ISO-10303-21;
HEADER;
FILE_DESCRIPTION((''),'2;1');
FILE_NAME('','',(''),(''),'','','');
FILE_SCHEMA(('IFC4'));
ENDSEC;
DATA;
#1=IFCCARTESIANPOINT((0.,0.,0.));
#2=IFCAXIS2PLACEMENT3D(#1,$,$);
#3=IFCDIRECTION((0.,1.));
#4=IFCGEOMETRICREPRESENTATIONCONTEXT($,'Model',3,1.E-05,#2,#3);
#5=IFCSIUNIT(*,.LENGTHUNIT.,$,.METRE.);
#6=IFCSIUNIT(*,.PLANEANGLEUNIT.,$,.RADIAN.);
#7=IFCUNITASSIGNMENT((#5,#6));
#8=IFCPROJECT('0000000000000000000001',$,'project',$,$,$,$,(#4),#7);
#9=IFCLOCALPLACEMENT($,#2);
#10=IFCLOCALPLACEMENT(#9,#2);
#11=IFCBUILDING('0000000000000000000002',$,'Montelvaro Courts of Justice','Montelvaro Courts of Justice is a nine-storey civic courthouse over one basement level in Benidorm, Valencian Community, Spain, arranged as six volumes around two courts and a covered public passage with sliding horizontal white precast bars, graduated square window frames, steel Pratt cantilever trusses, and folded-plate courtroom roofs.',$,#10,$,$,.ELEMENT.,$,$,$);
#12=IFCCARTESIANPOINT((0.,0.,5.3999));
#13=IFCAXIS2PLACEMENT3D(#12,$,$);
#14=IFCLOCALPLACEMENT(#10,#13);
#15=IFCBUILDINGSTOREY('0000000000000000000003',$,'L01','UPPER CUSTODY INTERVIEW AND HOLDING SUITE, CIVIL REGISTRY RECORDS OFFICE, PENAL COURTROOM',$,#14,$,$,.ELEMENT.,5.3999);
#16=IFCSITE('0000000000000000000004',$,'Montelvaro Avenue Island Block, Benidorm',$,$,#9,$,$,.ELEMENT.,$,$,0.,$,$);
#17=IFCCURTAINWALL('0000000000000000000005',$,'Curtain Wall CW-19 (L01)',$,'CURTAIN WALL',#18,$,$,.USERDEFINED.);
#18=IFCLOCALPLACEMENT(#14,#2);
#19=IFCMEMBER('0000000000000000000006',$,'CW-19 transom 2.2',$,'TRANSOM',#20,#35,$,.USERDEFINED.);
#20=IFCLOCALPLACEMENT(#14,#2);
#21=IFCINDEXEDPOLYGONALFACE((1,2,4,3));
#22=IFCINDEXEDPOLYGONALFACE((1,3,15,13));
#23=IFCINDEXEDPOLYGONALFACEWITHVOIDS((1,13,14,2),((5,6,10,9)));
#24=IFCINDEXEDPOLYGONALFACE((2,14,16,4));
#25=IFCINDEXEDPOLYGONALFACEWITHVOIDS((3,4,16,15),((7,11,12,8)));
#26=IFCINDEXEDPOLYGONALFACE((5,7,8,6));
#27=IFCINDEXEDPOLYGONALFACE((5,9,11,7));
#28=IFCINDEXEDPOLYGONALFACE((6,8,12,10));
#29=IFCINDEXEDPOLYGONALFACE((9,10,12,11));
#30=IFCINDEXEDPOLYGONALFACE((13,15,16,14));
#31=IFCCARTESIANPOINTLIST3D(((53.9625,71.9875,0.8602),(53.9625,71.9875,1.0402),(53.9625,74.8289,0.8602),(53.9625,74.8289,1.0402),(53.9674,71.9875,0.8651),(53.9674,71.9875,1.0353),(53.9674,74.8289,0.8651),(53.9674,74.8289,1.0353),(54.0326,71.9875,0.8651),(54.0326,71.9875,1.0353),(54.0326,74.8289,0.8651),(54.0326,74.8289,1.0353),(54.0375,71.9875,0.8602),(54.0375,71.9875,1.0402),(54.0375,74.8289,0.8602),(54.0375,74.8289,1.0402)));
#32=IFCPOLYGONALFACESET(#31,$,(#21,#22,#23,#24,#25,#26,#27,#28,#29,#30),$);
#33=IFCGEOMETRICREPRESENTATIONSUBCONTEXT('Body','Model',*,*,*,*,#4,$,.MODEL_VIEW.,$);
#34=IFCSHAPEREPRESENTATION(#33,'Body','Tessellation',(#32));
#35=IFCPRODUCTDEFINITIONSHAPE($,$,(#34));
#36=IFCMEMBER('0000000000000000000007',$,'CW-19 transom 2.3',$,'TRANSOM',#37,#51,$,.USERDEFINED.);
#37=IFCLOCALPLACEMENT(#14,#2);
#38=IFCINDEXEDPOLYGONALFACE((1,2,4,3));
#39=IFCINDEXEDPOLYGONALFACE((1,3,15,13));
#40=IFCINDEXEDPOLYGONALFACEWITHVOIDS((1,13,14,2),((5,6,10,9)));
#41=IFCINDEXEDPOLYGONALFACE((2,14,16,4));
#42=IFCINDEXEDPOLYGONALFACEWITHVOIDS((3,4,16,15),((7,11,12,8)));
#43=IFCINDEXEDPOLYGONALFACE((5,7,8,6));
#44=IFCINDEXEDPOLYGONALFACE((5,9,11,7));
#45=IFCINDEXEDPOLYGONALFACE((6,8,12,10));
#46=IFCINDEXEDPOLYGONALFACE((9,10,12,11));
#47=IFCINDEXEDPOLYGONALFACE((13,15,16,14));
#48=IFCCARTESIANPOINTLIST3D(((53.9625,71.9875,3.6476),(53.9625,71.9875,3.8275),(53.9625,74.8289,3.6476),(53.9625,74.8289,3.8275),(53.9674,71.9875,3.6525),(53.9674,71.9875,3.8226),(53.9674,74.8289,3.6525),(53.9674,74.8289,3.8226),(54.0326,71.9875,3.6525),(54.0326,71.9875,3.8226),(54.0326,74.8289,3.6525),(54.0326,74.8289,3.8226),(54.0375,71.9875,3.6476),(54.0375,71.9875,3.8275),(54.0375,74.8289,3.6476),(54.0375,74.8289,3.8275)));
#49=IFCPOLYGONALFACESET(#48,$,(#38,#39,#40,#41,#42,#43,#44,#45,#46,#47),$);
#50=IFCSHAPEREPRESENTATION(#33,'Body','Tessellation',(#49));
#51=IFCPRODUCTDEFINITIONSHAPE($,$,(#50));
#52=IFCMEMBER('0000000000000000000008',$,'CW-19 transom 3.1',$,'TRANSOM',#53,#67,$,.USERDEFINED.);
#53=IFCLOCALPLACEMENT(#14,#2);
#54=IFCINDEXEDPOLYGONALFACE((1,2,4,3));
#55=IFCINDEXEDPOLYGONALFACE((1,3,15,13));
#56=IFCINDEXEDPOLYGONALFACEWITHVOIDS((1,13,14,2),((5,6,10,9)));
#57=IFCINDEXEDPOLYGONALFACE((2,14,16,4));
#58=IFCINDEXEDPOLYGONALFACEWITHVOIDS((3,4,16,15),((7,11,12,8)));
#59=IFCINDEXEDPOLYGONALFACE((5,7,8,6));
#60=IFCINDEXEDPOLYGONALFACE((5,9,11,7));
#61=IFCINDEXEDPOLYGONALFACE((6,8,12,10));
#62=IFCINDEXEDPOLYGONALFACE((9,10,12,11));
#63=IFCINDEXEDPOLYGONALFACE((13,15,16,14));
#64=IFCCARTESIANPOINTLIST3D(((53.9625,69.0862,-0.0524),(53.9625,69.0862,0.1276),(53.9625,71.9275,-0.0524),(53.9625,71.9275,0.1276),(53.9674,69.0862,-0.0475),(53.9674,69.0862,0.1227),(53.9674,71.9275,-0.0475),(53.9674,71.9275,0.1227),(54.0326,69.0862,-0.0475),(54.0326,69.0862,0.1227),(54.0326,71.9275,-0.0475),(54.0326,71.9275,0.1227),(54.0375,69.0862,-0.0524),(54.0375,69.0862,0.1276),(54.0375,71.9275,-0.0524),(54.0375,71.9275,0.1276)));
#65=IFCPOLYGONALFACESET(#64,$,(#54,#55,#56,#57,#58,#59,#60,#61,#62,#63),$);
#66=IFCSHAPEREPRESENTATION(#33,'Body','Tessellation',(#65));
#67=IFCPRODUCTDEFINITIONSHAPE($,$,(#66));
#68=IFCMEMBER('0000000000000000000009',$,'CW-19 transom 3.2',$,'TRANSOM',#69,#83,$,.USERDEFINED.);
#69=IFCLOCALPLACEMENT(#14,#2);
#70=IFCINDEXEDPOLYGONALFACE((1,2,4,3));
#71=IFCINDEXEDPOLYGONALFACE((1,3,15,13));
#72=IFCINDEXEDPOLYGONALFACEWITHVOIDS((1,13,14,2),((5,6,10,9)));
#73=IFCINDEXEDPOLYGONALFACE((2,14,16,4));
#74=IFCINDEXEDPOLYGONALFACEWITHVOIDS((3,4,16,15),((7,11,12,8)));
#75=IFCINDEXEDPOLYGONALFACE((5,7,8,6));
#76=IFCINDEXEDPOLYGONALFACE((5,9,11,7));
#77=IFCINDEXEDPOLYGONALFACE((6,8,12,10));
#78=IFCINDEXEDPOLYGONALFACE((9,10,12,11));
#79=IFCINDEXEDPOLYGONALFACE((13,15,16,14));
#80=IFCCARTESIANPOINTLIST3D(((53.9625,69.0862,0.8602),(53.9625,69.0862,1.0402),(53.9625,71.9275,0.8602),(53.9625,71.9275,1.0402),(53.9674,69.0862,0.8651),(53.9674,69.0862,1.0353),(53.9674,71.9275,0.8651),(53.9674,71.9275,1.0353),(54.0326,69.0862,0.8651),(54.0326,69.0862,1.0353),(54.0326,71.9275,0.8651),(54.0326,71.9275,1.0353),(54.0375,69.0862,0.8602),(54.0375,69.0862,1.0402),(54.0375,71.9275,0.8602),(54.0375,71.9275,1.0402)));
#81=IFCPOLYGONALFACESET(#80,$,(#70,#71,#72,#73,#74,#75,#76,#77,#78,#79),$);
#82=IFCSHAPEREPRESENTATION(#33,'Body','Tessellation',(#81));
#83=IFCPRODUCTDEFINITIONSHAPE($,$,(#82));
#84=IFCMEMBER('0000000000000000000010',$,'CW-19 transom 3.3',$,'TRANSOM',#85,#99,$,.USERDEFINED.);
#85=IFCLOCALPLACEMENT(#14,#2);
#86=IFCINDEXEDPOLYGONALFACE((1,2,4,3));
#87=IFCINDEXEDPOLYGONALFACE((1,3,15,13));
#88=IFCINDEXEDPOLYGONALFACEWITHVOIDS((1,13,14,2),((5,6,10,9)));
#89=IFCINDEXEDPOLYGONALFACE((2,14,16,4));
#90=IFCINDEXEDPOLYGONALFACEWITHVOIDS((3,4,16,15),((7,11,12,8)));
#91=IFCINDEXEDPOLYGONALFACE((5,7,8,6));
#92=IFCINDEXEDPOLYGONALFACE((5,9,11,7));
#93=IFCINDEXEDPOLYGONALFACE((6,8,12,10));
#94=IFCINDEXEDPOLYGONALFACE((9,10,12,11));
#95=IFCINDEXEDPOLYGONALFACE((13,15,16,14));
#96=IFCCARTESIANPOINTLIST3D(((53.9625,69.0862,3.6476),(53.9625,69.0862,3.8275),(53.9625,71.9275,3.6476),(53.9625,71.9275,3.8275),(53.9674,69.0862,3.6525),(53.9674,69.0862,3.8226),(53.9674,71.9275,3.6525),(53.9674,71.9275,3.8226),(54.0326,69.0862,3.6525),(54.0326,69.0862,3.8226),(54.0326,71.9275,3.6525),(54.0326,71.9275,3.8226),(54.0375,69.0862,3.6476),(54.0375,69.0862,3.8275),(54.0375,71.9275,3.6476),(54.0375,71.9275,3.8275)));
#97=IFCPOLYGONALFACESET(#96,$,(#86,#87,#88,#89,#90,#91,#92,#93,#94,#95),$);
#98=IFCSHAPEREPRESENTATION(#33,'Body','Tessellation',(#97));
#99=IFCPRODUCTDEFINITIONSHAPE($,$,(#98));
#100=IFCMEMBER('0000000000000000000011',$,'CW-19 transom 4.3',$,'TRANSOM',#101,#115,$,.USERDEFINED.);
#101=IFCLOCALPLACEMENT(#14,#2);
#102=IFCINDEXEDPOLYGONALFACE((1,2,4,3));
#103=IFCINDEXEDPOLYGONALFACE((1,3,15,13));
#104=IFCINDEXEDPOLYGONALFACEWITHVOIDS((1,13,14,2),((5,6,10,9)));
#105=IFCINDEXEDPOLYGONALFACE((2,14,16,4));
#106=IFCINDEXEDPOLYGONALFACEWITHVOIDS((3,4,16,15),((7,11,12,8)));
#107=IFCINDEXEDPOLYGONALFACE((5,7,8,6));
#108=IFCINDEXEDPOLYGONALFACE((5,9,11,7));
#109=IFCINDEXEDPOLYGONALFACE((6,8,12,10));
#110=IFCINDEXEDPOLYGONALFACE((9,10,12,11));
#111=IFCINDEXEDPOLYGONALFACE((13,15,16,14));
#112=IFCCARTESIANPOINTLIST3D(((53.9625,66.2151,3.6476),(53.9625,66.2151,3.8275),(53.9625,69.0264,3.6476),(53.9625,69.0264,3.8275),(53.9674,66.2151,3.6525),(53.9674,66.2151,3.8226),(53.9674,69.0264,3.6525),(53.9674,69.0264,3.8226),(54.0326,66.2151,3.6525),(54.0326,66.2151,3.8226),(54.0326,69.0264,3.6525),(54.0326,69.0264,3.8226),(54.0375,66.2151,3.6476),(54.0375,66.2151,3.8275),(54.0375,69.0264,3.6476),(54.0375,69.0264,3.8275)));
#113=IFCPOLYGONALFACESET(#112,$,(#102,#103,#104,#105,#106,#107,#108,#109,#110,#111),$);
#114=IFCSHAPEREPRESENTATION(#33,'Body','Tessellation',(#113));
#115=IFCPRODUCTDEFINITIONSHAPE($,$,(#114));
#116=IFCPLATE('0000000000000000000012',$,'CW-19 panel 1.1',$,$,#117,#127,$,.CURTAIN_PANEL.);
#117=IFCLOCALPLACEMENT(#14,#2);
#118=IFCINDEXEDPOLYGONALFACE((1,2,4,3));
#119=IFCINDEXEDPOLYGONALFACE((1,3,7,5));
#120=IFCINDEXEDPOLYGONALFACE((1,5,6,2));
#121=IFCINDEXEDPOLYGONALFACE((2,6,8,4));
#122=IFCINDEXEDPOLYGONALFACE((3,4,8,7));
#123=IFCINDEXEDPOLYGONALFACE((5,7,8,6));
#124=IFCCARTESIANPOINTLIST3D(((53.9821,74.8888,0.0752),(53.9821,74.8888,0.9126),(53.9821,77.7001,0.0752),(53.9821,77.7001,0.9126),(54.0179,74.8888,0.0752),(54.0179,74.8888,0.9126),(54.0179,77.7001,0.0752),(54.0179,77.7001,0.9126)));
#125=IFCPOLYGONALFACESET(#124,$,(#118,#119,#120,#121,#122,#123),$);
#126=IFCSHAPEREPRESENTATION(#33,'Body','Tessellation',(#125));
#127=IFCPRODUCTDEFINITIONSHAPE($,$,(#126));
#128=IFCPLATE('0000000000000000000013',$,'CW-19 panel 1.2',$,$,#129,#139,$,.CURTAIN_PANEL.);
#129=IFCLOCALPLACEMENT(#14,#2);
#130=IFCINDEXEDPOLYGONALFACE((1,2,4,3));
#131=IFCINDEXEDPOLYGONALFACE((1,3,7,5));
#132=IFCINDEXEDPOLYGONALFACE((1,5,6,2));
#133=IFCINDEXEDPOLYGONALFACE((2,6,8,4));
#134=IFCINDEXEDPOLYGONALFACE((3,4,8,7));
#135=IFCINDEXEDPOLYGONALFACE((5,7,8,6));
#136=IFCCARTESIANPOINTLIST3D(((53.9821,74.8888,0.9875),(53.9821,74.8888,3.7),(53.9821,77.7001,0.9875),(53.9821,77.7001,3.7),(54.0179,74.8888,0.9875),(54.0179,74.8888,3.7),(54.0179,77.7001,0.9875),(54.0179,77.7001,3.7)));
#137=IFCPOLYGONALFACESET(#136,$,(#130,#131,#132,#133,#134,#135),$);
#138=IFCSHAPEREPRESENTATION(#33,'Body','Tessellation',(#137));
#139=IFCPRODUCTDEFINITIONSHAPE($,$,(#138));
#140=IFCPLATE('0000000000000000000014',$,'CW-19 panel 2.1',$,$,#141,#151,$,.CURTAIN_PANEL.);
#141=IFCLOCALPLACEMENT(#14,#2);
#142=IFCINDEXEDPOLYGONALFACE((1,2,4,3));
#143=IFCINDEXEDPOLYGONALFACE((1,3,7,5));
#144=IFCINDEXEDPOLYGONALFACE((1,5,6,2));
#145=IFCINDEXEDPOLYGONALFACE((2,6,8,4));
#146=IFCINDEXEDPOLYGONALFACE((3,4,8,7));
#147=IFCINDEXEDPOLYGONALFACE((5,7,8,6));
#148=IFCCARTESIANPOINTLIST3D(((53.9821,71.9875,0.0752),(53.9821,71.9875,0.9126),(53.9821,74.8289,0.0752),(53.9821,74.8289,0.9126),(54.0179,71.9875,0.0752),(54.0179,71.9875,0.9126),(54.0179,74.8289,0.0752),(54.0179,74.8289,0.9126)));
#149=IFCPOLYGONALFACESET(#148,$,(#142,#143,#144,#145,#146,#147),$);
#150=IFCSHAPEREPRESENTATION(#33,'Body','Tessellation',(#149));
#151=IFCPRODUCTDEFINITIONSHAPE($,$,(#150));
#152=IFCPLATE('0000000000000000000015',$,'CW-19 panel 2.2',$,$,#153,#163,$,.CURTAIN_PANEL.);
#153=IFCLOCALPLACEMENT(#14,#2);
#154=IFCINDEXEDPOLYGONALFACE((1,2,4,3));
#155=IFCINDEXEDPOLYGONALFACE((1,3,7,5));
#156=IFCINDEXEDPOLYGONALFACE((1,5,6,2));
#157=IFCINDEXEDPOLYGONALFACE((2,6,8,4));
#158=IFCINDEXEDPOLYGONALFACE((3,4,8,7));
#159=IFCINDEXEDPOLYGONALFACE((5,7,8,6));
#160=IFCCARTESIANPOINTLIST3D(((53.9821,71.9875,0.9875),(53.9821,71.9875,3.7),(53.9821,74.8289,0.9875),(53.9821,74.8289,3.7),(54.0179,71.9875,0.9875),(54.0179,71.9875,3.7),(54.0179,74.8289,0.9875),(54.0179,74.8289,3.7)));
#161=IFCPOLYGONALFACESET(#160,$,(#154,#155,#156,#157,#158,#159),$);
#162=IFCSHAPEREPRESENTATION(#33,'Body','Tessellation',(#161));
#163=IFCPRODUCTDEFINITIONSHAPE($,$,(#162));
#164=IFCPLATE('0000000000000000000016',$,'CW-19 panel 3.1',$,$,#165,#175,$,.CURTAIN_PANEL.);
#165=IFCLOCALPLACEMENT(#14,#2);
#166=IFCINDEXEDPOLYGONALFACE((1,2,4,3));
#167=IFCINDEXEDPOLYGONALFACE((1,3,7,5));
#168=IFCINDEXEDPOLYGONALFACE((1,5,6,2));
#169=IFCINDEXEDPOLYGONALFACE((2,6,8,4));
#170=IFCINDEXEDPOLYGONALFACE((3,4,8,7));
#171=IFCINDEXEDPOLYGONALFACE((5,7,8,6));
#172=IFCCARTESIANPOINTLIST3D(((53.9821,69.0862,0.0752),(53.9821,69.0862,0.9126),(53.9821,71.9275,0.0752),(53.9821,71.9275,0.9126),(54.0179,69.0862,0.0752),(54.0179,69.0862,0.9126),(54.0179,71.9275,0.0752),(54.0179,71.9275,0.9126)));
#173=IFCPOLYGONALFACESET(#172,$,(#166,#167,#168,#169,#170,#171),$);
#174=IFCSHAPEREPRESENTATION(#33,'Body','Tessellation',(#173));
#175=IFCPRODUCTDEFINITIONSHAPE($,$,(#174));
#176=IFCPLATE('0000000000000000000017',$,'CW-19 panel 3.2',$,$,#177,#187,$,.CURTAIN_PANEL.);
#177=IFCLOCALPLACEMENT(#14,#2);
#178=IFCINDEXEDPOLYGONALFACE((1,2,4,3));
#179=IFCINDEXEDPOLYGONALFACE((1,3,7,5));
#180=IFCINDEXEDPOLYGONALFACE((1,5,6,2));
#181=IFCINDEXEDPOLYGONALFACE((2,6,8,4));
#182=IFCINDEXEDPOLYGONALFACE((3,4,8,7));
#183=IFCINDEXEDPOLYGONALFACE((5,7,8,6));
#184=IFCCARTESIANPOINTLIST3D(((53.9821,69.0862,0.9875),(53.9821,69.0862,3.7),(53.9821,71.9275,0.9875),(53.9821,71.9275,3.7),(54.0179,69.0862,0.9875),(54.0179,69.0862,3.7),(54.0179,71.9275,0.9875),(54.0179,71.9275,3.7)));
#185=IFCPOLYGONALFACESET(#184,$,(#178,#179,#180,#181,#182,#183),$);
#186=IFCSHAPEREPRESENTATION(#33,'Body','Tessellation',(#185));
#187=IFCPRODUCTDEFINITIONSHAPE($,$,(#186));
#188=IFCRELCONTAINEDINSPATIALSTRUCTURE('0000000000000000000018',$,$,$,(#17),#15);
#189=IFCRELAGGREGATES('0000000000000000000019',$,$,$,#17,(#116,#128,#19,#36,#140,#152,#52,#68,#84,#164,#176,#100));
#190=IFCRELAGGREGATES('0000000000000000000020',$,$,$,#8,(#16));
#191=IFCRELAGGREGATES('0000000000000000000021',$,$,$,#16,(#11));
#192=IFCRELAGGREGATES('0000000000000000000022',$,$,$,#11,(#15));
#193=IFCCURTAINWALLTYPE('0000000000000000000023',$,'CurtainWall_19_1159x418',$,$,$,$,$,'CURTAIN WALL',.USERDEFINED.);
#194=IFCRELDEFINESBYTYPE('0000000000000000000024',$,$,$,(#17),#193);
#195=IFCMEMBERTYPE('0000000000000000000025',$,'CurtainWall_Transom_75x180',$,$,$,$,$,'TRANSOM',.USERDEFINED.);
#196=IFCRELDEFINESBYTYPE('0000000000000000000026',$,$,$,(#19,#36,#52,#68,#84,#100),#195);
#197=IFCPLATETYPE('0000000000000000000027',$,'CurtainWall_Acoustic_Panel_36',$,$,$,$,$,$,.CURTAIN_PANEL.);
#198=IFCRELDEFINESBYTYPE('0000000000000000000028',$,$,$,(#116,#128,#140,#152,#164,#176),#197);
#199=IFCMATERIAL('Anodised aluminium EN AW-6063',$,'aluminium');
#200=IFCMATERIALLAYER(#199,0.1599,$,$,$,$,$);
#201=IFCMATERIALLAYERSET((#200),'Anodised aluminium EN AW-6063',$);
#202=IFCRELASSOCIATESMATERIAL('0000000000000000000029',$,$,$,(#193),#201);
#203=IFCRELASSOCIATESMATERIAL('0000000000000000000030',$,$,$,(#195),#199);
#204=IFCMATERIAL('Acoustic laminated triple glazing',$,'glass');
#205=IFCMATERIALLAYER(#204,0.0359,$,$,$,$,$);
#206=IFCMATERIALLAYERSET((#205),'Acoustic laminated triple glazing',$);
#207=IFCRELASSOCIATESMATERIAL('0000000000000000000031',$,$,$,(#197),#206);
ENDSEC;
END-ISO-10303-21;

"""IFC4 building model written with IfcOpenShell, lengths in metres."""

from ifc_helpers import new_model, si_unit, direction, frame, origin, origin_2d, place, context, subcontext, project, spatial, rectangle, hollow_rectangle, extrude, material, layer, layer_set, material_profile, profile_set, type_object, element, aggregate, save


model = new_model("IFC4")

# Units and contexts
model_context = context("Model", 3, precision=1e-05, world=origin(), true_north=direction((0.0, 1.0)))
body_context = subcontext(model_context, "Body", "Model", "MODEL_VIEW")
ifc_project = project(units=[si_unit("LENGTHUNIT", "METRE"), si_unit("PLANEANGLEUNIT", "RADIAN")], contexts=[model_context])

# Site, building, storey
site_placement = place(None, origin())
site = spatial("IfcSite", under=ifc_project, at=site_placement, Name="Montelvaro Avenue Island Block, Benidorm", CompositionType="ELEMENT", RefElevation=0.0)
building_placement = place(site_placement, origin())
building = spatial("IfcBuilding", under=site, at=building_placement, Name="Montelvaro Courts of Justice", Description="Montelvaro Courts of Justice is a nine-storey civic courthouse over one basement level in Benidorm, Valencian Community, Spain, arranged as six volumes around two courts and a covered public passage with sliding horizontal white precast bars, graduated square window frames, steel Pratt cantilever trusses, and folded-plate courtroom roofs.", CompositionType="ELEMENT")
storey_placement = place(building_placement, frame((0.0, 0.0, 5.3999)))
storey = spatial("IfcBuildingStorey", under=building, at=storey_placement, Name="L01", Description="UPPER CUSTODY INTERVIEW AND HOLDING SUITE, CIVIL REGISTRY RECORDS OFFICE, PENAL COURTROOM", CompositionType="ELEMENT", Elevation=5.3999)

# Curtain wall, members, plates
ifc_material_1 = material(Name="Anodised aluminium EN AW-6063", Category="aluminium")
ifc_layer_1 = layer(ifc_material_1, 0.1599)
ifc_layer_set_1 = layer_set([ifc_layer_1], Name="Anodised aluminium EN AW-6063")
curtain_wall_type = type_object("IfcCurtainWallType", Name="CurtainWall_19_1159x418", ElementType="CURTAIN WALL", PredefinedType="USERDEFINED", material=ifc_layer_set_1)
curtain_wall_placement = place(storey_placement, origin())
curtain_wall = element("IfcCurtainWall", 1, at=curtain_wall_placement, inside=storey, type_object=curtain_wall_type, Name="Curtain Wall CW-19 (L01)", ObjectType="CURTAIN WALL", PredefinedType="USERDEFINED")
ifc_material_profile_1 = material_profile(ifc_material_1, hollow_rectangle(XDim=0.075, YDim=0.1799, WallThickness=0.0049, at=origin_2d()), Name="ALU-T 75x180")
ifc_profile_set_1 = profile_set([ifc_material_profile_1], Name="Anodised aluminium EN AW-6063")
member_type_1 = type_object("IfcMemberType", Name="CurtainWall_Transom_75x180", ElementType="TRANSOM", PredefinedType="USERDEFINED", material=ifc_profile_set_1)
member_1_placement = place(storey_placement, frame((54.0, 74.8289, 0.9502), z_axis=(0.0, -1.0, 0.0), x_axis=(1.0, 0.0, 0.0)))
member_1 = element("IfcMember", 2, at=member_1_placement, type_object=member_type_1, Name="CW-19 transom 2.2", ObjectType="TRANSOM", PredefinedType="USERDEFINED", context=body_context, shape_type="SweptSolid", body=[
    extrude(hollow_rectangle(XDim=0.075, YDim=0.1799, WallThickness=0.0049, at=origin_2d()), origin(), (0.0, 0.0, 1.0), 2.8413),
])
member_2_placement = place(storey_placement, frame((54.0, 74.8289, 3.7375), z_axis=(0.0, -1.0, 0.0), x_axis=(1.0, 0.0, 0.0)))
member_2 = element("IfcMember", 3, at=member_2_placement, type_object=member_type_1, Name="CW-19 transom 2.3", ObjectType="TRANSOM", PredefinedType="USERDEFINED", context=body_context, shape_type="SweptSolid", body=[
    extrude(hollow_rectangle(XDim=0.075, YDim=0.1799, WallThickness=0.0049, at=origin_2d()), origin(), (0.0, 0.0, 1.0), 2.8413),
])
member_3_placement = place(storey_placement, frame((54.0, 71.9275, 0.0376), z_axis=(0.0, -1.0, 0.0), x_axis=(1.0, 0.0, 0.0)))
member_3 = element("IfcMember", 4, at=member_3_placement, type_object=member_type_1, Name="CW-19 transom 3.1", ObjectType="TRANSOM", PredefinedType="USERDEFINED", context=body_context, shape_type="SweptSolid", body=[
    extrude(hollow_rectangle(XDim=0.075, YDim=0.1799, WallThickness=0.0049, at=origin_2d()), origin(), (0.0, 0.0, 1.0), 2.8413),
])
member_4_placement = place(storey_placement, frame((54.0, 71.9275, 0.9502), z_axis=(0.0, -1.0, 0.0), x_axis=(1.0, 0.0, 0.0)))
member_4 = element("IfcMember", 5, at=member_4_placement, type_object=member_type_1, Name="CW-19 transom 3.2", ObjectType="TRANSOM", PredefinedType="USERDEFINED", context=body_context, shape_type="SweptSolid", body=[
    extrude(hollow_rectangle(XDim=0.075, YDim=0.1799, WallThickness=0.0049, at=origin_2d()), origin(), (0.0, 0.0, 1.0), 2.8413),
])
member_5_placement = place(storey_placement, frame((54.0, 71.9275, 3.7375), z_axis=(0.0, -1.0, 0.0), x_axis=(1.0, 0.0, 0.0)))
member_5 = element("IfcMember", 6, at=member_5_placement, type_object=member_type_1, Name="CW-19 transom 3.3", ObjectType="TRANSOM", PredefinedType="USERDEFINED", context=body_context, shape_type="SweptSolid", body=[
    extrude(hollow_rectangle(XDim=0.075, YDim=0.1799, WallThickness=0.0049, at=origin_2d()), origin(), (0.0, 0.0, 1.0), 2.8413),
])
member_6_placement = place(storey_placement, frame((54.0, 69.0264, 3.7375), z_axis=(0.0, -1.0, 0.0), x_axis=(1.0, 0.0, 0.0)))
member_6 = element("IfcMember", 7, at=member_6_placement, type_object=member_type_1, Name="CW-19 transom 4.3", ObjectType="TRANSOM", PredefinedType="USERDEFINED", context=body_context, shape_type="SweptSolid", body=[
    extrude(hollow_rectangle(XDim=0.075, YDim=0.1799, WallThickness=0.0049, at=origin_2d()), origin(), (0.0, 0.0, 1.0), 2.8113),
])
ifc_material_2 = material(Name="Acoustic laminated triple glazing", Category="glass")
ifc_layer_2 = layer(ifc_material_2, 0.0359)
ifc_layer_set_2 = layer_set([ifc_layer_2], Name="Acoustic laminated triple glazing")
plate_type = type_object("IfcPlateType", Name="CurtainWall_Acoustic_Panel_36", PredefinedType="CURTAIN_PANEL", material=ifc_layer_set_2)
plate_1_placement = place(storey_placement, frame((54.0, 76.2944, 0.0752), z_axis=(0.0, 0.0, 1.0), x_axis=(0.0, -1.0, 0.0)))
plate_1 = element("IfcPlate", 8, at=plate_1_placement, type_object=plate_type, Name="CW-19 panel 1.1", PredefinedType="CURTAIN_PANEL", context=body_context, shape_type="SweptSolid", body=[
    extrude(rectangle(XDim=2.8113, YDim=0.0359, at=origin_2d()), origin(), (0.0, 0.0, 1.0), 0.8374),
])
plate_2_placement = place(storey_placement, frame((54.0, 76.2944, 0.9875), z_axis=(0.0, 0.0, 1.0), x_axis=(0.0, -1.0, 0.0)))
plate_2 = element("IfcPlate", 9, at=plate_2_placement, type_object=plate_type, Name="CW-19 panel 1.2", PredefinedType="CURTAIN_PANEL", context=body_context, shape_type="SweptSolid", body=[
    extrude(rectangle(XDim=2.8113, YDim=0.0359, at=origin_2d()), origin(), (0.0, 0.0, 1.0), 2.7124),
])
plate_3_placement = place(storey_placement, frame((54.0, 73.4082, 0.0752), z_axis=(0.0, 0.0, 1.0), x_axis=(0.0, -1.0, 0.0)))
plate_3 = element("IfcPlate", 10, at=plate_3_placement, type_object=plate_type, Name="CW-19 panel 2.1", PredefinedType="CURTAIN_PANEL", context=body_context, shape_type="SweptSolid", body=[
    extrude(rectangle(XDim=2.8413, YDim=0.0359, at=origin_2d()), origin(), (0.0, 0.0, 1.0), 0.8374),
])
plate_4_placement = place(storey_placement, frame((54.0, 73.4082, 0.9875), z_axis=(0.0, 0.0, 1.0), x_axis=(0.0, -1.0, 0.0)))
plate_4 = element("IfcPlate", 11, at=plate_4_placement, type_object=plate_type, Name="CW-19 panel 2.2", PredefinedType="CURTAIN_PANEL", context=body_context, shape_type="SweptSolid", body=[
    extrude(rectangle(XDim=2.8413, YDim=0.0359, at=origin_2d()), origin(), (0.0, 0.0, 1.0), 2.7124),
])
plate_5_placement = place(storey_placement, frame((54.0, 70.5068, 0.0752), z_axis=(0.0, 0.0, 1.0), x_axis=(0.0, -1.0, 0.0)))
plate_5 = element("IfcPlate", 12, at=plate_5_placement, type_object=plate_type, Name="CW-19 panel 3.1", PredefinedType="CURTAIN_PANEL", context=body_context, shape_type="SweptSolid", body=[
    extrude(rectangle(XDim=2.8413, YDim=0.0359, at=origin_2d()), origin(), (0.0, 0.0, 1.0), 0.8374),
])
plate_6_placement = place(storey_placement, frame((54.0, 70.5068, 0.9875), z_axis=(0.0, 0.0, 1.0), x_axis=(0.0, -1.0, 0.0)))
plate_6 = element("IfcPlate", 13, at=plate_6_placement, type_object=plate_type, Name="CW-19 panel 3.2", PredefinedType="CURTAIN_PANEL", context=body_context, shape_type="SweptSolid", body=[
    extrude(rectangle(XDim=2.8413, YDim=0.0359, at=origin_2d()), origin(), (0.0, 0.0, 1.0), 2.7124),
])
aggregate(curtain_wall, [plate_1, plate_2, member_1, member_2, plate_3, plate_4, member_3, member_4, member_5, plate_5, plate_6, member_6])

save(model, "model.ifc")
